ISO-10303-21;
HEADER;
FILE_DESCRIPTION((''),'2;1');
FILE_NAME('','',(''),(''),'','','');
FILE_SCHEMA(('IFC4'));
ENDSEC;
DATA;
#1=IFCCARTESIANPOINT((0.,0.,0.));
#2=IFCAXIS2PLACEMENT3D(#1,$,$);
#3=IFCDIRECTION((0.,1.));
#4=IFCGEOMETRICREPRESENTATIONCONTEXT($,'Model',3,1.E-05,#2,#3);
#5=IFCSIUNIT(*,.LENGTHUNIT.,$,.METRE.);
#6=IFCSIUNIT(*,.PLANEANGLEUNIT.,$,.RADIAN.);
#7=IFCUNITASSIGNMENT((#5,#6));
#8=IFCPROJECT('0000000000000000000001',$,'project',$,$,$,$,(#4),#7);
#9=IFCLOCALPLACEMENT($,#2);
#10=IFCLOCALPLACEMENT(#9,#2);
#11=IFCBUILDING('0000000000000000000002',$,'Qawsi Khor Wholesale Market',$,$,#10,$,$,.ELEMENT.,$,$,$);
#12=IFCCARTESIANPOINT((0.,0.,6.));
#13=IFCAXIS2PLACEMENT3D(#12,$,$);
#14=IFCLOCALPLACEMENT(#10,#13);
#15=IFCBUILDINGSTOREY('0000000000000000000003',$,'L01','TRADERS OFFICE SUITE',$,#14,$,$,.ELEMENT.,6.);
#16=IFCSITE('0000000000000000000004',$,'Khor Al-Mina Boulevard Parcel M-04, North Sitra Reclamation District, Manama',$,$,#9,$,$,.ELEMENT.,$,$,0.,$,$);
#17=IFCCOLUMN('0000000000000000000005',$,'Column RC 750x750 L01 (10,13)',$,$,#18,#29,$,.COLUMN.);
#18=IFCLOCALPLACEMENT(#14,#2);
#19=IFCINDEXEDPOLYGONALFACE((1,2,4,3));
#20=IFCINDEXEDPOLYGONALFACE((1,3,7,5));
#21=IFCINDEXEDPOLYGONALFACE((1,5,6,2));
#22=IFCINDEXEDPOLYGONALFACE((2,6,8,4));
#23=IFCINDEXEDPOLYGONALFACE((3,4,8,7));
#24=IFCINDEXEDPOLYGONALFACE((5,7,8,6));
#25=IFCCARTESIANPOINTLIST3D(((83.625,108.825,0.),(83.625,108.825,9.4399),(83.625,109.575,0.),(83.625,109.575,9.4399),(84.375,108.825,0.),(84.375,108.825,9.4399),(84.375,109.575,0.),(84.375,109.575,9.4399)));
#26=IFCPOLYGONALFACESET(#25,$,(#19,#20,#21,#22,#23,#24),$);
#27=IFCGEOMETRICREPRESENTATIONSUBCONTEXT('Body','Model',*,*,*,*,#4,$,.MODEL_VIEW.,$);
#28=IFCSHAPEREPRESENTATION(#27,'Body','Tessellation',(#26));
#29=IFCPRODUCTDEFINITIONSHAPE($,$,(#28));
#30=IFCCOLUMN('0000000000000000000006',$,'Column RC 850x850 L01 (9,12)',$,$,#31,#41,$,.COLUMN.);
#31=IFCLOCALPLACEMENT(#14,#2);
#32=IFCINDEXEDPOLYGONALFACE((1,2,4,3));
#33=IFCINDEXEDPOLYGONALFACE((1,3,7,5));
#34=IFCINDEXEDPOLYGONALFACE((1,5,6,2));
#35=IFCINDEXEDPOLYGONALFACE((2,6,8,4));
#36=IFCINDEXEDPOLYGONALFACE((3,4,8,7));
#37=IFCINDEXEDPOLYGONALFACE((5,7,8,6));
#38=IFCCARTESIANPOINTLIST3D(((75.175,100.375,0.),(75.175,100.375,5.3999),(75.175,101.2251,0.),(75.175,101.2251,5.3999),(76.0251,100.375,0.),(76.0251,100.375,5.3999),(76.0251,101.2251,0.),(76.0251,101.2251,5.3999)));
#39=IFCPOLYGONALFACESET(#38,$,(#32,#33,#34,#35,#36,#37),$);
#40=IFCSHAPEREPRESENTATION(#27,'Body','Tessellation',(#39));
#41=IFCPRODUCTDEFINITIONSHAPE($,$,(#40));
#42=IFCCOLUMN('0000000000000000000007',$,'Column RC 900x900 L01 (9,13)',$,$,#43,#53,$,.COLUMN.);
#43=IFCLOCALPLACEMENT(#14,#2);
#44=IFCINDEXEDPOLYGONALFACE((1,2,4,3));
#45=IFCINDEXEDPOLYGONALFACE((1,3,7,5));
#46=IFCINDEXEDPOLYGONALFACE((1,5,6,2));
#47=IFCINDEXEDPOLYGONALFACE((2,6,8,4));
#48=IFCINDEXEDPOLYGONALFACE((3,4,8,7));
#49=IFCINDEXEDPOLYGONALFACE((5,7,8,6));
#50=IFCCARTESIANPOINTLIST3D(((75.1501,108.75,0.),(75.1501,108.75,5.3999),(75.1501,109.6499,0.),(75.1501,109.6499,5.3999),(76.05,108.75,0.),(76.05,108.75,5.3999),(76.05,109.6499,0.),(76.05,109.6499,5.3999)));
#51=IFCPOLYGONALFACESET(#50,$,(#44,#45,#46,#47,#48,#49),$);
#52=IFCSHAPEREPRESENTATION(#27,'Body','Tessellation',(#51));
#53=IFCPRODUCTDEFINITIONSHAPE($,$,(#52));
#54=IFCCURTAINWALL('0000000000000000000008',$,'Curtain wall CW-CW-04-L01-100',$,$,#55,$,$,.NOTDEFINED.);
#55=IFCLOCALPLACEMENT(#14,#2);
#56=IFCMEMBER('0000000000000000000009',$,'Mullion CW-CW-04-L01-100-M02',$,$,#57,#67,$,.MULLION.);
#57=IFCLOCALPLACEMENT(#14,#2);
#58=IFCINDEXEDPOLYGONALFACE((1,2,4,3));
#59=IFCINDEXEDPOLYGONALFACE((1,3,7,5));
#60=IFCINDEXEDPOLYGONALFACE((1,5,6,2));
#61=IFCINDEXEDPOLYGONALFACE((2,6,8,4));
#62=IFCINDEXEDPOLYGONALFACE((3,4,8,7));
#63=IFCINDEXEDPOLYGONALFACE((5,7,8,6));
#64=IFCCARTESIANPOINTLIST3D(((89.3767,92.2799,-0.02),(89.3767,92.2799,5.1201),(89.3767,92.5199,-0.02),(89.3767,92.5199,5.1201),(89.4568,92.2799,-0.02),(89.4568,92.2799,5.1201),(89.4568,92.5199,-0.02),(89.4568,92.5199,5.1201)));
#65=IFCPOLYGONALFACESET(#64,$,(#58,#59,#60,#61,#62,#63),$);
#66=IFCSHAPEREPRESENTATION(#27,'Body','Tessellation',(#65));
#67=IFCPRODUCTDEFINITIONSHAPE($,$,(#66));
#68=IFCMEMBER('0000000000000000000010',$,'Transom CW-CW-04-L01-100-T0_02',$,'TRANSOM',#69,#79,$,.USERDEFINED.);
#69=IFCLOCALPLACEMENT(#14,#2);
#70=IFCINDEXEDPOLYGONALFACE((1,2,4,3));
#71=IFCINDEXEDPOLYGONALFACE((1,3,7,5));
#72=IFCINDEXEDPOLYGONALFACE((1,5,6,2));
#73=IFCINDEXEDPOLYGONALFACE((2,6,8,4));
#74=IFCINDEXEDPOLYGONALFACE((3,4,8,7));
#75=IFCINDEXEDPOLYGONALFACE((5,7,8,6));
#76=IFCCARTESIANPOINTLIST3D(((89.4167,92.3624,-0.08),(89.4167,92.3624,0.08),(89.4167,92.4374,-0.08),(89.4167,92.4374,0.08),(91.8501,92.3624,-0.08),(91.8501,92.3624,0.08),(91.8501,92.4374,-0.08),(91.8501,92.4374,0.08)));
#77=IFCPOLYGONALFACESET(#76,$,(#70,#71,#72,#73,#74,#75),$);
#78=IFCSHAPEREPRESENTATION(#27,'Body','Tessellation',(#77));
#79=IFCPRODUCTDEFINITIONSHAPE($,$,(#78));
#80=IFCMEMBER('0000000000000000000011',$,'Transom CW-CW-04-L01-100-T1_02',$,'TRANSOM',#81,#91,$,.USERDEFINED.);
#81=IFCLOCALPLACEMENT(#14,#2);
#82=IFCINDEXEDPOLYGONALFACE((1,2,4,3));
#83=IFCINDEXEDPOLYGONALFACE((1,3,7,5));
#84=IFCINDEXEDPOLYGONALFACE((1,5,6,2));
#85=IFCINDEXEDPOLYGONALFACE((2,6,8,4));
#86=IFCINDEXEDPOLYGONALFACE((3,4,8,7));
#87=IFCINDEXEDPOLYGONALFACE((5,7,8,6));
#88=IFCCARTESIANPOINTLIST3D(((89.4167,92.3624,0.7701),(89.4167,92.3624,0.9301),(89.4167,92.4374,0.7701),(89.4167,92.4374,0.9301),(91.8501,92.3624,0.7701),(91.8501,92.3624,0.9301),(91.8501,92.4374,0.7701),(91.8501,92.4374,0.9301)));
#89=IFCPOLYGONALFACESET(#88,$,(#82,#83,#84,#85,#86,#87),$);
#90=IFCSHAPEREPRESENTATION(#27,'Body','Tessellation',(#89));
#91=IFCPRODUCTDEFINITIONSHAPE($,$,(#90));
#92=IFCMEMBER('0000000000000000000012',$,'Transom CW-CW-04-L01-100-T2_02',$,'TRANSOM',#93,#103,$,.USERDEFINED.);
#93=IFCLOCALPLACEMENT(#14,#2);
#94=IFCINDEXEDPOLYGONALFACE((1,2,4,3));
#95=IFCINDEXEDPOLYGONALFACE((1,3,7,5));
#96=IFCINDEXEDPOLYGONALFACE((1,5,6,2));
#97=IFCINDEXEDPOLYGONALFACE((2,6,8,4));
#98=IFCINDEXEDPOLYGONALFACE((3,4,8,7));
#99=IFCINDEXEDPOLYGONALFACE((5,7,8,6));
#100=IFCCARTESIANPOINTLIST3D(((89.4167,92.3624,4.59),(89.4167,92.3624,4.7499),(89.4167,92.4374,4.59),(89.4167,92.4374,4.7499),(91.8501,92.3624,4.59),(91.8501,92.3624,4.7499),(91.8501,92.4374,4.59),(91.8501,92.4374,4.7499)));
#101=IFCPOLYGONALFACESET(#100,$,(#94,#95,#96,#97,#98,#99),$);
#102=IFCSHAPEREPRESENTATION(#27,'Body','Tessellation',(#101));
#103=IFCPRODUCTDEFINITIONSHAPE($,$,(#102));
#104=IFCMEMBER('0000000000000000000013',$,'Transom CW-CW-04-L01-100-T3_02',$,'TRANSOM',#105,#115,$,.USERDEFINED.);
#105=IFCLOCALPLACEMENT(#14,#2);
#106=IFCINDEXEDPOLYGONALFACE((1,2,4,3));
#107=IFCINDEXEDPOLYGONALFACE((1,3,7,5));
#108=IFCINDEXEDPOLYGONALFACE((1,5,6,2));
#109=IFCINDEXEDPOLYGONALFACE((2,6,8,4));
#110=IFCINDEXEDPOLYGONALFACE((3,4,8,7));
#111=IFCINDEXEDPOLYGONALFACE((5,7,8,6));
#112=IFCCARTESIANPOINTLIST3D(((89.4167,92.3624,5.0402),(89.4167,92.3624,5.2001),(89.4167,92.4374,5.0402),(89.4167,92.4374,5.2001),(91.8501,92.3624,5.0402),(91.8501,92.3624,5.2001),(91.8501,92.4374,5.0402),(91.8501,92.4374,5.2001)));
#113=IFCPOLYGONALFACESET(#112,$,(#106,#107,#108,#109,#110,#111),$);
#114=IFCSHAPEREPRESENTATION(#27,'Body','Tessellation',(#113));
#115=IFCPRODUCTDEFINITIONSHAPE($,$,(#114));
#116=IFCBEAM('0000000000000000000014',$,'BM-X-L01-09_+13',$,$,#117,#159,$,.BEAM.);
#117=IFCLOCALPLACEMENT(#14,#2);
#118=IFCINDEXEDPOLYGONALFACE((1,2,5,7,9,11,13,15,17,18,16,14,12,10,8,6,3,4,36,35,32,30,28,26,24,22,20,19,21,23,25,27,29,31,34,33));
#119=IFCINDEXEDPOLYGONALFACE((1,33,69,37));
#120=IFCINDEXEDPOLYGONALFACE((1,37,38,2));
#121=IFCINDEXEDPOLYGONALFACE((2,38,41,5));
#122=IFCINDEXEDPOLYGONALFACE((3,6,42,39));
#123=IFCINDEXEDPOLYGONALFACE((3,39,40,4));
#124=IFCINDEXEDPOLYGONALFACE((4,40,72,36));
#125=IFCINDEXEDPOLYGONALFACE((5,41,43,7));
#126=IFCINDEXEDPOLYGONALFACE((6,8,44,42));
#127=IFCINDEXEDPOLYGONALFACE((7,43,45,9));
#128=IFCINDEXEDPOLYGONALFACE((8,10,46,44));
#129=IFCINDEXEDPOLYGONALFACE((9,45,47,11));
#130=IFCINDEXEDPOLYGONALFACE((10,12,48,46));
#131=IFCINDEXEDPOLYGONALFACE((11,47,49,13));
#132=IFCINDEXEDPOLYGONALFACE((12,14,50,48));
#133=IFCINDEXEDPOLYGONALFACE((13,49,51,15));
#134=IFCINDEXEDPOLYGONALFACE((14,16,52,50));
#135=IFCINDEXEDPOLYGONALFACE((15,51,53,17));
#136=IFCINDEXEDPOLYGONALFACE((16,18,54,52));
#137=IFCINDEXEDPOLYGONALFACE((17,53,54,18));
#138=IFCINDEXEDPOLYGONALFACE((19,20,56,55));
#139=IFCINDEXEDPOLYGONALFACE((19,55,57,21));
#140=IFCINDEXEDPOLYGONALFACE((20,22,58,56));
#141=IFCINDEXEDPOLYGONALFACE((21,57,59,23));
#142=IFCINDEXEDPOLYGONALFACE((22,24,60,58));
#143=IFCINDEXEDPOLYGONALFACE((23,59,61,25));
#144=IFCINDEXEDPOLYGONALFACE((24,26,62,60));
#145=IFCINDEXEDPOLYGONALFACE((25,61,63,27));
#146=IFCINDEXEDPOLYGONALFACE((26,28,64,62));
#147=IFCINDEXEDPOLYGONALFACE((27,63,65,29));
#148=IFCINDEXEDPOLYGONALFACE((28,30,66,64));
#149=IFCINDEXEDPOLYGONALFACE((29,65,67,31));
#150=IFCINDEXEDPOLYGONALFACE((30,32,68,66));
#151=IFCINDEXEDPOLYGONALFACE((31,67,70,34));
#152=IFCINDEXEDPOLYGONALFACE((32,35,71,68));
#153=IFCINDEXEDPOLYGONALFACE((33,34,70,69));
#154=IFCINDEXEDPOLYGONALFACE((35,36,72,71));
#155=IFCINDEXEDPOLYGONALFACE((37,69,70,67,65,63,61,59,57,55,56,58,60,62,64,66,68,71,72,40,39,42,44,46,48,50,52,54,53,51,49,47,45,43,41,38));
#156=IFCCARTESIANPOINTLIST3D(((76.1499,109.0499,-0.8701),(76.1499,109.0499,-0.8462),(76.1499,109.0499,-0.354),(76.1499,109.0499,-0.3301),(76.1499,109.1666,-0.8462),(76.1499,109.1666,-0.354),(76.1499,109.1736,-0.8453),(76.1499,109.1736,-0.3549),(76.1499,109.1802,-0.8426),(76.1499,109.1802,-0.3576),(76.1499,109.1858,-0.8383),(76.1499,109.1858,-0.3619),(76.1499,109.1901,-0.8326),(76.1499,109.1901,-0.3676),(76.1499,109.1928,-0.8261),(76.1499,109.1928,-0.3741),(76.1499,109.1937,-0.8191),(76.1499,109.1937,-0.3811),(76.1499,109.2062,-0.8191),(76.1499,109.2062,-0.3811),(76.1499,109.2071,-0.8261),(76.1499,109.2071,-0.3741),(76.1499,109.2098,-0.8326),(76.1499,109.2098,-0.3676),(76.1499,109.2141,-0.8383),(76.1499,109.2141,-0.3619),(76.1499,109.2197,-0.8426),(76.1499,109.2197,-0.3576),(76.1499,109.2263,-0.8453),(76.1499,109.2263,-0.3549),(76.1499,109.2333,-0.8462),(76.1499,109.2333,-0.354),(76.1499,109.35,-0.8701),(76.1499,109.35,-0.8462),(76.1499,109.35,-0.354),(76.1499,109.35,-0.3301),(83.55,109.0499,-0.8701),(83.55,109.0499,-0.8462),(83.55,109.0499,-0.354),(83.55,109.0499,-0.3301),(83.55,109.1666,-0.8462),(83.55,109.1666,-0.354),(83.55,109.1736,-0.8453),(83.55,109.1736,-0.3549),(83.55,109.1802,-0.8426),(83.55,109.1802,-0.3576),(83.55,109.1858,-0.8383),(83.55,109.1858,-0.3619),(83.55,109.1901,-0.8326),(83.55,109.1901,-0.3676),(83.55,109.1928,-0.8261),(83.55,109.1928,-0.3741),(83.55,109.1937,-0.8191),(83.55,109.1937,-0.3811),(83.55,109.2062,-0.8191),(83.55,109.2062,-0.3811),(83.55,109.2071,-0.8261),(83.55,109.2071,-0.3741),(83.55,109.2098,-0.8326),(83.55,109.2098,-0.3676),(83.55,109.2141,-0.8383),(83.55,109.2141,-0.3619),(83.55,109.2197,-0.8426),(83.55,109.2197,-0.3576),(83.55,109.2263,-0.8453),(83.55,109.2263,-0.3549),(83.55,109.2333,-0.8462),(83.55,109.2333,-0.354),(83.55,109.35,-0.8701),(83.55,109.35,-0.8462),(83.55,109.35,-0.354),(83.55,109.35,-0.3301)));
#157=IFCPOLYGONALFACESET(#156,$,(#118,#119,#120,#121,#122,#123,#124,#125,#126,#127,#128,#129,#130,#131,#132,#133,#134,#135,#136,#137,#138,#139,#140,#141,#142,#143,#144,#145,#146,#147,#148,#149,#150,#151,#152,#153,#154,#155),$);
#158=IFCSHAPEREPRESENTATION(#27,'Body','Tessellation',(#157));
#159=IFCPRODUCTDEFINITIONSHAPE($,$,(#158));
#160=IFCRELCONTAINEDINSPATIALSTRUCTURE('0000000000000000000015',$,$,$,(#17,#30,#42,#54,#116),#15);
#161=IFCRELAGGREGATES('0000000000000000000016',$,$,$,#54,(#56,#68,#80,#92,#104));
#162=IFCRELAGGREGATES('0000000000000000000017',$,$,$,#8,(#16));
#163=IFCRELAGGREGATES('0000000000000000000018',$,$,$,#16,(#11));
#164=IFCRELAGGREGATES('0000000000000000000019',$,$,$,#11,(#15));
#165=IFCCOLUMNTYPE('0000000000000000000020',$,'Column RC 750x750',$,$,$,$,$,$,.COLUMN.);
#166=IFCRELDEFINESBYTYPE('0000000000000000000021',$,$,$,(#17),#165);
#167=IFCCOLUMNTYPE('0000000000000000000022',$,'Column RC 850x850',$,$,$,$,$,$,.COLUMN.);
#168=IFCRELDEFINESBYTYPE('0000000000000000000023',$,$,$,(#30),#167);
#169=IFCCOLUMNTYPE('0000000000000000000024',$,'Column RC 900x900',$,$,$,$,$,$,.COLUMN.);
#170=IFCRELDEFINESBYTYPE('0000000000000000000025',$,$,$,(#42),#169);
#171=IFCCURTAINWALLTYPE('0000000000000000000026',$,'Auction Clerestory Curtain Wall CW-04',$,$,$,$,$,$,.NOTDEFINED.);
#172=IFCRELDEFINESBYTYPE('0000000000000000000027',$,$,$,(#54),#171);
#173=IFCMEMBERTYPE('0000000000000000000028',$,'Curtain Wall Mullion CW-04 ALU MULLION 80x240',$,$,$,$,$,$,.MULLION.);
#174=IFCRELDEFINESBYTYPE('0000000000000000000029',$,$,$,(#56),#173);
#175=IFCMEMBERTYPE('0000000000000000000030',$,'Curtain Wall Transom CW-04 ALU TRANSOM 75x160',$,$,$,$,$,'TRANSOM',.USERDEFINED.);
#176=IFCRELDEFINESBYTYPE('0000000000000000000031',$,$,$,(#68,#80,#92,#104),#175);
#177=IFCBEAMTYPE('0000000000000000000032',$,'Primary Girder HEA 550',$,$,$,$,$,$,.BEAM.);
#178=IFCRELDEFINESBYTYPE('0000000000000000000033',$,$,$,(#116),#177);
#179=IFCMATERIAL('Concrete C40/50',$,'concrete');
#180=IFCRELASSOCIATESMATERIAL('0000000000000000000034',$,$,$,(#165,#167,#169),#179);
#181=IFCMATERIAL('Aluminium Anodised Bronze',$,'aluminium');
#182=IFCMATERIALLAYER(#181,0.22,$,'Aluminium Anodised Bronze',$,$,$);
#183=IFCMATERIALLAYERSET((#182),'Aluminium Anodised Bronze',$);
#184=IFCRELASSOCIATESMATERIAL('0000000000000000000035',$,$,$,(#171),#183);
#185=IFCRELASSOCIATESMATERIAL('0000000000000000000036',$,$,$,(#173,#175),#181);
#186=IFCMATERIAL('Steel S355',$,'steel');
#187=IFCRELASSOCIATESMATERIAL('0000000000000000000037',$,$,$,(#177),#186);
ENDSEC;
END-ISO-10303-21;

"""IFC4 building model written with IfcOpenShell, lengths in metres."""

from ifc_helpers import new_model, si_unit, direction, frame, origin, origin_2d, place, context, subcontext, project, spatial, rectangle, i_section, extrude, material, layer, layer_set, material_profile, profile_set, type_object, element, aggregate, save


model = new_model("IFC4")

# Units and contexts
model_context = context("Model", 3, precision=1e-05, world=origin(), true_north=direction((0.0, 1.0)))
body_context = subcontext(model_context, "Body", "Model", "MODEL_VIEW")
ifc_project = project(units=[si_unit("LENGTHUNIT", "METRE"), si_unit("PLANEANGLEUNIT", "RADIAN")], contexts=[model_context])

# Site, building, storey
site_placement = place(None, origin())
site = spatial("IfcSite", under=ifc_project, at=site_placement, Name="Khor Al-Mina Boulevard Parcel M-04, North Sitra Reclamation District, Manama", CompositionType="ELEMENT", RefElevation=0.0)
building_placement = place(site_placement, origin())
building = spatial("IfcBuilding", under=site, at=building_placement, Name="Qawsi Khor Wholesale Market", CompositionType="ELEMENT")
storey_placement = place(building_placement, frame((0.0, 0.0, 6.0)))
storey = spatial("IfcBuildingStorey", under=building, at=storey_placement, Name="L01", Description="TRADERS OFFICE SUITE", CompositionType="ELEMENT", Elevation=6.0)

# Columns
ifc_material_1 = material(Name="Concrete C40/50", Category="concrete")
ifc_material_profile_1 = material_profile(ifc_material_1, rectangle(XDim=0.75, YDim=0.75, at=origin_2d()), Name="RC 750x750")
ifc_profile_set_1 = profile_set([ifc_material_profile_1], Name="Concrete C40/50")
column_type_1 = type_object("IfcColumnType", Name="Column RC 750x750", PredefinedType="COLUMN", material=ifc_profile_set_1)
column_1_placement = place(storey_placement, frame((84.0, 109.2, 0.0), z_axis=(0.0, 0.0, 1.0), x_axis=(1.0, 0.0, 0.0)))
element("IfcColumn", 1, at=column_1_placement, inside=storey, type_object=column_type_1, Name="Column RC 750x750 L01 (10,13)", PredefinedType="COLUMN", context=body_context, shape_type="SweptSolid", body=[
    extrude(rectangle(XDim=0.75, YDim=0.75, at=origin_2d()), origin(), (0.0, 0.0, 1.0), 9.4399),
])
ifc_material_profile_2 = material_profile(ifc_material_1, rectangle(XDim=0.8501, YDim=0.8501, at=origin_2d()), Name="RC 850x850")
ifc_profile_set_2 = profile_set([ifc_material_profile_2], Name="Concrete C40/50")
column_type_2 = type_object("IfcColumnType", Name="Column RC 850x850", PredefinedType="COLUMN", material=ifc_profile_set_2)
column_2_placement = place(storey_placement, frame((75.6001, 100.8, 0.0), z_axis=(0.0, 0.0, 1.0), x_axis=(1.0, 0.0, 0.0)))
element("IfcColumn", 2, at=column_2_placement, inside=storey, type_object=column_type_2, Name="Column RC 850x850 L01 (9,12)", PredefinedType="COLUMN", context=body_context, shape_type="SweptSolid", body=[
    extrude(rectangle(XDim=0.8501, YDim=0.8501, at=origin_2d()), origin(), (0.0, 0.0, 1.0), 5.3999),
])
ifc_material_profile_3 = material_profile(ifc_material_1, rectangle(XDim=0.8999, YDim=0.8999, at=origin_2d()), Name="RC 900x900")
ifc_profile_set_3 = profile_set([ifc_material_profile_3], Name="Concrete C40/50")
column_type_3 = type_object("IfcColumnType", Name="Column RC 900x900", PredefinedType="COLUMN", material=ifc_profile_set_3)
column_3_placement = place(storey_placement, frame((75.6001, 109.2, 0.0), z_axis=(0.0, 0.0, 1.0), x_axis=(1.0, 0.0, 0.0)))
element("IfcColumn", 3, at=column_3_placement, inside=storey, type_object=column_type_3, Name="Column RC 900x900 L01 (9,13)", PredefinedType="COLUMN", context=body_context, shape_type="SweptSolid", body=[
    extrude(rectangle(XDim=0.8999, YDim=0.8999, at=origin_2d()), origin(), (0.0, 0.0, 1.0), 5.3999),
])

# Curtain wall, members
ifc_material_2 = material(Name="Aluminium Anodised Bronze", Category="aluminium")
ifc_layer_1 = layer(ifc_material_2, 0.22, Name="Aluminium Anodised Bronze")
ifc_layer_set_1 = layer_set([ifc_layer_1], Name="Aluminium Anodised Bronze")
curtain_wall_type = type_object("IfcCurtainWallType", Name="Auction Clerestory Curtain Wall CW-04", PredefinedType="NOTDEFINED", material=ifc_layer_set_1)
curtain_wall_placement = place(storey_placement, origin())
curtain_wall = element("IfcCurtainWall", 4, at=curtain_wall_placement, inside=storey, type_object=curtain_wall_type, Name="Curtain wall CW-CW-04-L01-100", PredefinedType="NOTDEFINED")
ifc_material_profile_4 = material_profile(ifc_material_2, rectangle(XDim=0.0801, YDim=0.24, at=origin_2d()), Name="ALU MULLION 80x240")
ifc_profile_set_4 = profile_set([ifc_material_profile_4], Name="Aluminium Anodised Bronze")
member_type_1 = type_object("IfcMemberType", Name="Curtain Wall Mullion CW-04 ALU MULLION 80x240", PredefinedType="MULLION", material=ifc_profile_set_4)
member_1_placement = place(storey_placement, frame((89.4167, 92.3999, -0.02), z_axis=(0.0, 0.0, 1.0), x_axis=(1.0, 0.0, 0.0)))
member_1 = element("IfcMember", 5, at=member_1_placement, type_object=member_type_1, Name="Mullion CW-CW-04-L01-100-M02", PredefinedType="MULLION", context=body_context, shape_type="SweptSolid", body=[
    extrude(rectangle(XDim=0.0801, YDim=0.24, at=origin_2d()), origin(), (0.0, 0.0, 1.0), 5.1401),
])
ifc_material_profile_5 = material_profile(ifc_material_2, rectangle(XDim=0.075, YDim=0.1599, at=origin_2d()), Name="ALU TRANSOM 75x160")
ifc_profile_set_5 = profile_set([ifc_material_profile_5], Name="Aluminium Anodised Bronze")
member_type_2 = type_object("IfcMemberType", Name="Curtain Wall Transom CW-04 ALU TRANSOM 75x160", ElementType="TRANSOM", PredefinedType="USERDEFINED", material=ifc_profile_set_5)
member_2_placement = place(storey_placement, frame((89.4167, 92.3999, 0.0), z_axis=(1.0, 0.0, 0.0), x_axis=(0.0, 1.0, 0.0)))
member_2 = element("IfcMember", 6, at=member_2_placement, type_object=member_type_2, Name="Transom CW-CW-04-L01-100-T0_02", ObjectType="TRANSOM", PredefinedType="USERDEFINED", context=body_context, shape_type="SweptSolid", body=[
    extrude(rectangle(XDim=0.075, YDim=0.1599, at=origin_2d()), origin(), (0.0, 0.0, 1.0), 2.4333),
])
member_3_placement = place(storey_placement, frame((89.4167, 92.3999, 0.8501), z_axis=(1.0, 0.0, 0.0), x_axis=(0.0, 1.0, 0.0)))
member_3 = element("IfcMember", 7, at=member_3_placement, type_object=member_type_2, Name="Transom CW-CW-04-L01-100-T1_02", ObjectType="TRANSOM", PredefinedType="USERDEFINED", context=body_context, shape_type="SweptSolid", body=[
    extrude(rectangle(XDim=0.075, YDim=0.1599, at=origin_2d()), origin(), (0.0, 0.0, 1.0), 2.4333),
])
member_4_placement = place(storey_placement, frame((89.4167, 92.3999, 4.6699), z_axis=(1.0, 0.0, 0.0), x_axis=(0.0, 1.0, 0.0)))
member_4 = element("IfcMember", 8, at=member_4_placement, type_object=member_type_2, Name="Transom CW-CW-04-L01-100-T2_02", ObjectType="TRANSOM", PredefinedType="USERDEFINED", context=body_context, shape_type="SweptSolid", body=[
    extrude(rectangle(XDim=0.075, YDim=0.1599, at=origin_2d()), origin(), (0.0, 0.0, 1.0), 2.4333),
])
member_5_placement = place(storey_placement, frame((89.4167, 92.3999, 5.1201), z_axis=(1.0, 0.0, 0.0), x_axis=(0.0, 1.0, 0.0)))
member_5 = element("IfcMember", 9, at=member_5_placement, type_object=member_type_2, Name="Transom CW-CW-04-L01-100-T3_02", ObjectType="TRANSOM", PredefinedType="USERDEFINED", context=body_context, shape_type="SweptSolid", body=[
    extrude(rectangle(XDim=0.075, YDim=0.1599, at=origin_2d()), origin(), (0.0, 0.0, 1.0), 2.4333),
])

# Beam
ifc_material_3 = material(Name="Steel S355", Category="steel")
ifc_material_profile_6 = material_profile(ifc_material_3, i_section(OverallWidth=0.3, OverallDepth=0.54, WebThickness=0.0125, FlangeThickness=0.0239, FilletRadius=0.0271, at=origin_2d()), Name="HEA 550")
ifc_profile_set_6 = profile_set([ifc_material_profile_6], Name="Steel S355")
beam_type_1 = type_object("IfcBeamType", Name="Primary Girder HEA 550", PredefinedType="BEAM", material=ifc_profile_set_6)
beam_1_placement = place(storey_placement, frame((76.1499, 109.2, -0.6001), z_axis=(1.0, 0.0, 0.0), x_axis=(0.0, 1.0, 0.0)))
element("IfcBeam", 10, at=beam_1_placement, inside=storey, type_object=beam_type_1, Name="BM-X-L01-09_+13", PredefinedType="BEAM", context=body_context, shape_type="SweptSolid", body=[
    extrude(i_section(OverallWidth=0.3, OverallDepth=0.54, WebThickness=0.0125, FlangeThickness=0.0239, FilletRadius=0.0271, at=origin_2d()), origin(), (0.0, 0.0, 1.0), 7.4001),
])

aggregate(curtain_wall, [member_1, member_2, member_3, member_4, member_5])

save(model, "model.ifc")
